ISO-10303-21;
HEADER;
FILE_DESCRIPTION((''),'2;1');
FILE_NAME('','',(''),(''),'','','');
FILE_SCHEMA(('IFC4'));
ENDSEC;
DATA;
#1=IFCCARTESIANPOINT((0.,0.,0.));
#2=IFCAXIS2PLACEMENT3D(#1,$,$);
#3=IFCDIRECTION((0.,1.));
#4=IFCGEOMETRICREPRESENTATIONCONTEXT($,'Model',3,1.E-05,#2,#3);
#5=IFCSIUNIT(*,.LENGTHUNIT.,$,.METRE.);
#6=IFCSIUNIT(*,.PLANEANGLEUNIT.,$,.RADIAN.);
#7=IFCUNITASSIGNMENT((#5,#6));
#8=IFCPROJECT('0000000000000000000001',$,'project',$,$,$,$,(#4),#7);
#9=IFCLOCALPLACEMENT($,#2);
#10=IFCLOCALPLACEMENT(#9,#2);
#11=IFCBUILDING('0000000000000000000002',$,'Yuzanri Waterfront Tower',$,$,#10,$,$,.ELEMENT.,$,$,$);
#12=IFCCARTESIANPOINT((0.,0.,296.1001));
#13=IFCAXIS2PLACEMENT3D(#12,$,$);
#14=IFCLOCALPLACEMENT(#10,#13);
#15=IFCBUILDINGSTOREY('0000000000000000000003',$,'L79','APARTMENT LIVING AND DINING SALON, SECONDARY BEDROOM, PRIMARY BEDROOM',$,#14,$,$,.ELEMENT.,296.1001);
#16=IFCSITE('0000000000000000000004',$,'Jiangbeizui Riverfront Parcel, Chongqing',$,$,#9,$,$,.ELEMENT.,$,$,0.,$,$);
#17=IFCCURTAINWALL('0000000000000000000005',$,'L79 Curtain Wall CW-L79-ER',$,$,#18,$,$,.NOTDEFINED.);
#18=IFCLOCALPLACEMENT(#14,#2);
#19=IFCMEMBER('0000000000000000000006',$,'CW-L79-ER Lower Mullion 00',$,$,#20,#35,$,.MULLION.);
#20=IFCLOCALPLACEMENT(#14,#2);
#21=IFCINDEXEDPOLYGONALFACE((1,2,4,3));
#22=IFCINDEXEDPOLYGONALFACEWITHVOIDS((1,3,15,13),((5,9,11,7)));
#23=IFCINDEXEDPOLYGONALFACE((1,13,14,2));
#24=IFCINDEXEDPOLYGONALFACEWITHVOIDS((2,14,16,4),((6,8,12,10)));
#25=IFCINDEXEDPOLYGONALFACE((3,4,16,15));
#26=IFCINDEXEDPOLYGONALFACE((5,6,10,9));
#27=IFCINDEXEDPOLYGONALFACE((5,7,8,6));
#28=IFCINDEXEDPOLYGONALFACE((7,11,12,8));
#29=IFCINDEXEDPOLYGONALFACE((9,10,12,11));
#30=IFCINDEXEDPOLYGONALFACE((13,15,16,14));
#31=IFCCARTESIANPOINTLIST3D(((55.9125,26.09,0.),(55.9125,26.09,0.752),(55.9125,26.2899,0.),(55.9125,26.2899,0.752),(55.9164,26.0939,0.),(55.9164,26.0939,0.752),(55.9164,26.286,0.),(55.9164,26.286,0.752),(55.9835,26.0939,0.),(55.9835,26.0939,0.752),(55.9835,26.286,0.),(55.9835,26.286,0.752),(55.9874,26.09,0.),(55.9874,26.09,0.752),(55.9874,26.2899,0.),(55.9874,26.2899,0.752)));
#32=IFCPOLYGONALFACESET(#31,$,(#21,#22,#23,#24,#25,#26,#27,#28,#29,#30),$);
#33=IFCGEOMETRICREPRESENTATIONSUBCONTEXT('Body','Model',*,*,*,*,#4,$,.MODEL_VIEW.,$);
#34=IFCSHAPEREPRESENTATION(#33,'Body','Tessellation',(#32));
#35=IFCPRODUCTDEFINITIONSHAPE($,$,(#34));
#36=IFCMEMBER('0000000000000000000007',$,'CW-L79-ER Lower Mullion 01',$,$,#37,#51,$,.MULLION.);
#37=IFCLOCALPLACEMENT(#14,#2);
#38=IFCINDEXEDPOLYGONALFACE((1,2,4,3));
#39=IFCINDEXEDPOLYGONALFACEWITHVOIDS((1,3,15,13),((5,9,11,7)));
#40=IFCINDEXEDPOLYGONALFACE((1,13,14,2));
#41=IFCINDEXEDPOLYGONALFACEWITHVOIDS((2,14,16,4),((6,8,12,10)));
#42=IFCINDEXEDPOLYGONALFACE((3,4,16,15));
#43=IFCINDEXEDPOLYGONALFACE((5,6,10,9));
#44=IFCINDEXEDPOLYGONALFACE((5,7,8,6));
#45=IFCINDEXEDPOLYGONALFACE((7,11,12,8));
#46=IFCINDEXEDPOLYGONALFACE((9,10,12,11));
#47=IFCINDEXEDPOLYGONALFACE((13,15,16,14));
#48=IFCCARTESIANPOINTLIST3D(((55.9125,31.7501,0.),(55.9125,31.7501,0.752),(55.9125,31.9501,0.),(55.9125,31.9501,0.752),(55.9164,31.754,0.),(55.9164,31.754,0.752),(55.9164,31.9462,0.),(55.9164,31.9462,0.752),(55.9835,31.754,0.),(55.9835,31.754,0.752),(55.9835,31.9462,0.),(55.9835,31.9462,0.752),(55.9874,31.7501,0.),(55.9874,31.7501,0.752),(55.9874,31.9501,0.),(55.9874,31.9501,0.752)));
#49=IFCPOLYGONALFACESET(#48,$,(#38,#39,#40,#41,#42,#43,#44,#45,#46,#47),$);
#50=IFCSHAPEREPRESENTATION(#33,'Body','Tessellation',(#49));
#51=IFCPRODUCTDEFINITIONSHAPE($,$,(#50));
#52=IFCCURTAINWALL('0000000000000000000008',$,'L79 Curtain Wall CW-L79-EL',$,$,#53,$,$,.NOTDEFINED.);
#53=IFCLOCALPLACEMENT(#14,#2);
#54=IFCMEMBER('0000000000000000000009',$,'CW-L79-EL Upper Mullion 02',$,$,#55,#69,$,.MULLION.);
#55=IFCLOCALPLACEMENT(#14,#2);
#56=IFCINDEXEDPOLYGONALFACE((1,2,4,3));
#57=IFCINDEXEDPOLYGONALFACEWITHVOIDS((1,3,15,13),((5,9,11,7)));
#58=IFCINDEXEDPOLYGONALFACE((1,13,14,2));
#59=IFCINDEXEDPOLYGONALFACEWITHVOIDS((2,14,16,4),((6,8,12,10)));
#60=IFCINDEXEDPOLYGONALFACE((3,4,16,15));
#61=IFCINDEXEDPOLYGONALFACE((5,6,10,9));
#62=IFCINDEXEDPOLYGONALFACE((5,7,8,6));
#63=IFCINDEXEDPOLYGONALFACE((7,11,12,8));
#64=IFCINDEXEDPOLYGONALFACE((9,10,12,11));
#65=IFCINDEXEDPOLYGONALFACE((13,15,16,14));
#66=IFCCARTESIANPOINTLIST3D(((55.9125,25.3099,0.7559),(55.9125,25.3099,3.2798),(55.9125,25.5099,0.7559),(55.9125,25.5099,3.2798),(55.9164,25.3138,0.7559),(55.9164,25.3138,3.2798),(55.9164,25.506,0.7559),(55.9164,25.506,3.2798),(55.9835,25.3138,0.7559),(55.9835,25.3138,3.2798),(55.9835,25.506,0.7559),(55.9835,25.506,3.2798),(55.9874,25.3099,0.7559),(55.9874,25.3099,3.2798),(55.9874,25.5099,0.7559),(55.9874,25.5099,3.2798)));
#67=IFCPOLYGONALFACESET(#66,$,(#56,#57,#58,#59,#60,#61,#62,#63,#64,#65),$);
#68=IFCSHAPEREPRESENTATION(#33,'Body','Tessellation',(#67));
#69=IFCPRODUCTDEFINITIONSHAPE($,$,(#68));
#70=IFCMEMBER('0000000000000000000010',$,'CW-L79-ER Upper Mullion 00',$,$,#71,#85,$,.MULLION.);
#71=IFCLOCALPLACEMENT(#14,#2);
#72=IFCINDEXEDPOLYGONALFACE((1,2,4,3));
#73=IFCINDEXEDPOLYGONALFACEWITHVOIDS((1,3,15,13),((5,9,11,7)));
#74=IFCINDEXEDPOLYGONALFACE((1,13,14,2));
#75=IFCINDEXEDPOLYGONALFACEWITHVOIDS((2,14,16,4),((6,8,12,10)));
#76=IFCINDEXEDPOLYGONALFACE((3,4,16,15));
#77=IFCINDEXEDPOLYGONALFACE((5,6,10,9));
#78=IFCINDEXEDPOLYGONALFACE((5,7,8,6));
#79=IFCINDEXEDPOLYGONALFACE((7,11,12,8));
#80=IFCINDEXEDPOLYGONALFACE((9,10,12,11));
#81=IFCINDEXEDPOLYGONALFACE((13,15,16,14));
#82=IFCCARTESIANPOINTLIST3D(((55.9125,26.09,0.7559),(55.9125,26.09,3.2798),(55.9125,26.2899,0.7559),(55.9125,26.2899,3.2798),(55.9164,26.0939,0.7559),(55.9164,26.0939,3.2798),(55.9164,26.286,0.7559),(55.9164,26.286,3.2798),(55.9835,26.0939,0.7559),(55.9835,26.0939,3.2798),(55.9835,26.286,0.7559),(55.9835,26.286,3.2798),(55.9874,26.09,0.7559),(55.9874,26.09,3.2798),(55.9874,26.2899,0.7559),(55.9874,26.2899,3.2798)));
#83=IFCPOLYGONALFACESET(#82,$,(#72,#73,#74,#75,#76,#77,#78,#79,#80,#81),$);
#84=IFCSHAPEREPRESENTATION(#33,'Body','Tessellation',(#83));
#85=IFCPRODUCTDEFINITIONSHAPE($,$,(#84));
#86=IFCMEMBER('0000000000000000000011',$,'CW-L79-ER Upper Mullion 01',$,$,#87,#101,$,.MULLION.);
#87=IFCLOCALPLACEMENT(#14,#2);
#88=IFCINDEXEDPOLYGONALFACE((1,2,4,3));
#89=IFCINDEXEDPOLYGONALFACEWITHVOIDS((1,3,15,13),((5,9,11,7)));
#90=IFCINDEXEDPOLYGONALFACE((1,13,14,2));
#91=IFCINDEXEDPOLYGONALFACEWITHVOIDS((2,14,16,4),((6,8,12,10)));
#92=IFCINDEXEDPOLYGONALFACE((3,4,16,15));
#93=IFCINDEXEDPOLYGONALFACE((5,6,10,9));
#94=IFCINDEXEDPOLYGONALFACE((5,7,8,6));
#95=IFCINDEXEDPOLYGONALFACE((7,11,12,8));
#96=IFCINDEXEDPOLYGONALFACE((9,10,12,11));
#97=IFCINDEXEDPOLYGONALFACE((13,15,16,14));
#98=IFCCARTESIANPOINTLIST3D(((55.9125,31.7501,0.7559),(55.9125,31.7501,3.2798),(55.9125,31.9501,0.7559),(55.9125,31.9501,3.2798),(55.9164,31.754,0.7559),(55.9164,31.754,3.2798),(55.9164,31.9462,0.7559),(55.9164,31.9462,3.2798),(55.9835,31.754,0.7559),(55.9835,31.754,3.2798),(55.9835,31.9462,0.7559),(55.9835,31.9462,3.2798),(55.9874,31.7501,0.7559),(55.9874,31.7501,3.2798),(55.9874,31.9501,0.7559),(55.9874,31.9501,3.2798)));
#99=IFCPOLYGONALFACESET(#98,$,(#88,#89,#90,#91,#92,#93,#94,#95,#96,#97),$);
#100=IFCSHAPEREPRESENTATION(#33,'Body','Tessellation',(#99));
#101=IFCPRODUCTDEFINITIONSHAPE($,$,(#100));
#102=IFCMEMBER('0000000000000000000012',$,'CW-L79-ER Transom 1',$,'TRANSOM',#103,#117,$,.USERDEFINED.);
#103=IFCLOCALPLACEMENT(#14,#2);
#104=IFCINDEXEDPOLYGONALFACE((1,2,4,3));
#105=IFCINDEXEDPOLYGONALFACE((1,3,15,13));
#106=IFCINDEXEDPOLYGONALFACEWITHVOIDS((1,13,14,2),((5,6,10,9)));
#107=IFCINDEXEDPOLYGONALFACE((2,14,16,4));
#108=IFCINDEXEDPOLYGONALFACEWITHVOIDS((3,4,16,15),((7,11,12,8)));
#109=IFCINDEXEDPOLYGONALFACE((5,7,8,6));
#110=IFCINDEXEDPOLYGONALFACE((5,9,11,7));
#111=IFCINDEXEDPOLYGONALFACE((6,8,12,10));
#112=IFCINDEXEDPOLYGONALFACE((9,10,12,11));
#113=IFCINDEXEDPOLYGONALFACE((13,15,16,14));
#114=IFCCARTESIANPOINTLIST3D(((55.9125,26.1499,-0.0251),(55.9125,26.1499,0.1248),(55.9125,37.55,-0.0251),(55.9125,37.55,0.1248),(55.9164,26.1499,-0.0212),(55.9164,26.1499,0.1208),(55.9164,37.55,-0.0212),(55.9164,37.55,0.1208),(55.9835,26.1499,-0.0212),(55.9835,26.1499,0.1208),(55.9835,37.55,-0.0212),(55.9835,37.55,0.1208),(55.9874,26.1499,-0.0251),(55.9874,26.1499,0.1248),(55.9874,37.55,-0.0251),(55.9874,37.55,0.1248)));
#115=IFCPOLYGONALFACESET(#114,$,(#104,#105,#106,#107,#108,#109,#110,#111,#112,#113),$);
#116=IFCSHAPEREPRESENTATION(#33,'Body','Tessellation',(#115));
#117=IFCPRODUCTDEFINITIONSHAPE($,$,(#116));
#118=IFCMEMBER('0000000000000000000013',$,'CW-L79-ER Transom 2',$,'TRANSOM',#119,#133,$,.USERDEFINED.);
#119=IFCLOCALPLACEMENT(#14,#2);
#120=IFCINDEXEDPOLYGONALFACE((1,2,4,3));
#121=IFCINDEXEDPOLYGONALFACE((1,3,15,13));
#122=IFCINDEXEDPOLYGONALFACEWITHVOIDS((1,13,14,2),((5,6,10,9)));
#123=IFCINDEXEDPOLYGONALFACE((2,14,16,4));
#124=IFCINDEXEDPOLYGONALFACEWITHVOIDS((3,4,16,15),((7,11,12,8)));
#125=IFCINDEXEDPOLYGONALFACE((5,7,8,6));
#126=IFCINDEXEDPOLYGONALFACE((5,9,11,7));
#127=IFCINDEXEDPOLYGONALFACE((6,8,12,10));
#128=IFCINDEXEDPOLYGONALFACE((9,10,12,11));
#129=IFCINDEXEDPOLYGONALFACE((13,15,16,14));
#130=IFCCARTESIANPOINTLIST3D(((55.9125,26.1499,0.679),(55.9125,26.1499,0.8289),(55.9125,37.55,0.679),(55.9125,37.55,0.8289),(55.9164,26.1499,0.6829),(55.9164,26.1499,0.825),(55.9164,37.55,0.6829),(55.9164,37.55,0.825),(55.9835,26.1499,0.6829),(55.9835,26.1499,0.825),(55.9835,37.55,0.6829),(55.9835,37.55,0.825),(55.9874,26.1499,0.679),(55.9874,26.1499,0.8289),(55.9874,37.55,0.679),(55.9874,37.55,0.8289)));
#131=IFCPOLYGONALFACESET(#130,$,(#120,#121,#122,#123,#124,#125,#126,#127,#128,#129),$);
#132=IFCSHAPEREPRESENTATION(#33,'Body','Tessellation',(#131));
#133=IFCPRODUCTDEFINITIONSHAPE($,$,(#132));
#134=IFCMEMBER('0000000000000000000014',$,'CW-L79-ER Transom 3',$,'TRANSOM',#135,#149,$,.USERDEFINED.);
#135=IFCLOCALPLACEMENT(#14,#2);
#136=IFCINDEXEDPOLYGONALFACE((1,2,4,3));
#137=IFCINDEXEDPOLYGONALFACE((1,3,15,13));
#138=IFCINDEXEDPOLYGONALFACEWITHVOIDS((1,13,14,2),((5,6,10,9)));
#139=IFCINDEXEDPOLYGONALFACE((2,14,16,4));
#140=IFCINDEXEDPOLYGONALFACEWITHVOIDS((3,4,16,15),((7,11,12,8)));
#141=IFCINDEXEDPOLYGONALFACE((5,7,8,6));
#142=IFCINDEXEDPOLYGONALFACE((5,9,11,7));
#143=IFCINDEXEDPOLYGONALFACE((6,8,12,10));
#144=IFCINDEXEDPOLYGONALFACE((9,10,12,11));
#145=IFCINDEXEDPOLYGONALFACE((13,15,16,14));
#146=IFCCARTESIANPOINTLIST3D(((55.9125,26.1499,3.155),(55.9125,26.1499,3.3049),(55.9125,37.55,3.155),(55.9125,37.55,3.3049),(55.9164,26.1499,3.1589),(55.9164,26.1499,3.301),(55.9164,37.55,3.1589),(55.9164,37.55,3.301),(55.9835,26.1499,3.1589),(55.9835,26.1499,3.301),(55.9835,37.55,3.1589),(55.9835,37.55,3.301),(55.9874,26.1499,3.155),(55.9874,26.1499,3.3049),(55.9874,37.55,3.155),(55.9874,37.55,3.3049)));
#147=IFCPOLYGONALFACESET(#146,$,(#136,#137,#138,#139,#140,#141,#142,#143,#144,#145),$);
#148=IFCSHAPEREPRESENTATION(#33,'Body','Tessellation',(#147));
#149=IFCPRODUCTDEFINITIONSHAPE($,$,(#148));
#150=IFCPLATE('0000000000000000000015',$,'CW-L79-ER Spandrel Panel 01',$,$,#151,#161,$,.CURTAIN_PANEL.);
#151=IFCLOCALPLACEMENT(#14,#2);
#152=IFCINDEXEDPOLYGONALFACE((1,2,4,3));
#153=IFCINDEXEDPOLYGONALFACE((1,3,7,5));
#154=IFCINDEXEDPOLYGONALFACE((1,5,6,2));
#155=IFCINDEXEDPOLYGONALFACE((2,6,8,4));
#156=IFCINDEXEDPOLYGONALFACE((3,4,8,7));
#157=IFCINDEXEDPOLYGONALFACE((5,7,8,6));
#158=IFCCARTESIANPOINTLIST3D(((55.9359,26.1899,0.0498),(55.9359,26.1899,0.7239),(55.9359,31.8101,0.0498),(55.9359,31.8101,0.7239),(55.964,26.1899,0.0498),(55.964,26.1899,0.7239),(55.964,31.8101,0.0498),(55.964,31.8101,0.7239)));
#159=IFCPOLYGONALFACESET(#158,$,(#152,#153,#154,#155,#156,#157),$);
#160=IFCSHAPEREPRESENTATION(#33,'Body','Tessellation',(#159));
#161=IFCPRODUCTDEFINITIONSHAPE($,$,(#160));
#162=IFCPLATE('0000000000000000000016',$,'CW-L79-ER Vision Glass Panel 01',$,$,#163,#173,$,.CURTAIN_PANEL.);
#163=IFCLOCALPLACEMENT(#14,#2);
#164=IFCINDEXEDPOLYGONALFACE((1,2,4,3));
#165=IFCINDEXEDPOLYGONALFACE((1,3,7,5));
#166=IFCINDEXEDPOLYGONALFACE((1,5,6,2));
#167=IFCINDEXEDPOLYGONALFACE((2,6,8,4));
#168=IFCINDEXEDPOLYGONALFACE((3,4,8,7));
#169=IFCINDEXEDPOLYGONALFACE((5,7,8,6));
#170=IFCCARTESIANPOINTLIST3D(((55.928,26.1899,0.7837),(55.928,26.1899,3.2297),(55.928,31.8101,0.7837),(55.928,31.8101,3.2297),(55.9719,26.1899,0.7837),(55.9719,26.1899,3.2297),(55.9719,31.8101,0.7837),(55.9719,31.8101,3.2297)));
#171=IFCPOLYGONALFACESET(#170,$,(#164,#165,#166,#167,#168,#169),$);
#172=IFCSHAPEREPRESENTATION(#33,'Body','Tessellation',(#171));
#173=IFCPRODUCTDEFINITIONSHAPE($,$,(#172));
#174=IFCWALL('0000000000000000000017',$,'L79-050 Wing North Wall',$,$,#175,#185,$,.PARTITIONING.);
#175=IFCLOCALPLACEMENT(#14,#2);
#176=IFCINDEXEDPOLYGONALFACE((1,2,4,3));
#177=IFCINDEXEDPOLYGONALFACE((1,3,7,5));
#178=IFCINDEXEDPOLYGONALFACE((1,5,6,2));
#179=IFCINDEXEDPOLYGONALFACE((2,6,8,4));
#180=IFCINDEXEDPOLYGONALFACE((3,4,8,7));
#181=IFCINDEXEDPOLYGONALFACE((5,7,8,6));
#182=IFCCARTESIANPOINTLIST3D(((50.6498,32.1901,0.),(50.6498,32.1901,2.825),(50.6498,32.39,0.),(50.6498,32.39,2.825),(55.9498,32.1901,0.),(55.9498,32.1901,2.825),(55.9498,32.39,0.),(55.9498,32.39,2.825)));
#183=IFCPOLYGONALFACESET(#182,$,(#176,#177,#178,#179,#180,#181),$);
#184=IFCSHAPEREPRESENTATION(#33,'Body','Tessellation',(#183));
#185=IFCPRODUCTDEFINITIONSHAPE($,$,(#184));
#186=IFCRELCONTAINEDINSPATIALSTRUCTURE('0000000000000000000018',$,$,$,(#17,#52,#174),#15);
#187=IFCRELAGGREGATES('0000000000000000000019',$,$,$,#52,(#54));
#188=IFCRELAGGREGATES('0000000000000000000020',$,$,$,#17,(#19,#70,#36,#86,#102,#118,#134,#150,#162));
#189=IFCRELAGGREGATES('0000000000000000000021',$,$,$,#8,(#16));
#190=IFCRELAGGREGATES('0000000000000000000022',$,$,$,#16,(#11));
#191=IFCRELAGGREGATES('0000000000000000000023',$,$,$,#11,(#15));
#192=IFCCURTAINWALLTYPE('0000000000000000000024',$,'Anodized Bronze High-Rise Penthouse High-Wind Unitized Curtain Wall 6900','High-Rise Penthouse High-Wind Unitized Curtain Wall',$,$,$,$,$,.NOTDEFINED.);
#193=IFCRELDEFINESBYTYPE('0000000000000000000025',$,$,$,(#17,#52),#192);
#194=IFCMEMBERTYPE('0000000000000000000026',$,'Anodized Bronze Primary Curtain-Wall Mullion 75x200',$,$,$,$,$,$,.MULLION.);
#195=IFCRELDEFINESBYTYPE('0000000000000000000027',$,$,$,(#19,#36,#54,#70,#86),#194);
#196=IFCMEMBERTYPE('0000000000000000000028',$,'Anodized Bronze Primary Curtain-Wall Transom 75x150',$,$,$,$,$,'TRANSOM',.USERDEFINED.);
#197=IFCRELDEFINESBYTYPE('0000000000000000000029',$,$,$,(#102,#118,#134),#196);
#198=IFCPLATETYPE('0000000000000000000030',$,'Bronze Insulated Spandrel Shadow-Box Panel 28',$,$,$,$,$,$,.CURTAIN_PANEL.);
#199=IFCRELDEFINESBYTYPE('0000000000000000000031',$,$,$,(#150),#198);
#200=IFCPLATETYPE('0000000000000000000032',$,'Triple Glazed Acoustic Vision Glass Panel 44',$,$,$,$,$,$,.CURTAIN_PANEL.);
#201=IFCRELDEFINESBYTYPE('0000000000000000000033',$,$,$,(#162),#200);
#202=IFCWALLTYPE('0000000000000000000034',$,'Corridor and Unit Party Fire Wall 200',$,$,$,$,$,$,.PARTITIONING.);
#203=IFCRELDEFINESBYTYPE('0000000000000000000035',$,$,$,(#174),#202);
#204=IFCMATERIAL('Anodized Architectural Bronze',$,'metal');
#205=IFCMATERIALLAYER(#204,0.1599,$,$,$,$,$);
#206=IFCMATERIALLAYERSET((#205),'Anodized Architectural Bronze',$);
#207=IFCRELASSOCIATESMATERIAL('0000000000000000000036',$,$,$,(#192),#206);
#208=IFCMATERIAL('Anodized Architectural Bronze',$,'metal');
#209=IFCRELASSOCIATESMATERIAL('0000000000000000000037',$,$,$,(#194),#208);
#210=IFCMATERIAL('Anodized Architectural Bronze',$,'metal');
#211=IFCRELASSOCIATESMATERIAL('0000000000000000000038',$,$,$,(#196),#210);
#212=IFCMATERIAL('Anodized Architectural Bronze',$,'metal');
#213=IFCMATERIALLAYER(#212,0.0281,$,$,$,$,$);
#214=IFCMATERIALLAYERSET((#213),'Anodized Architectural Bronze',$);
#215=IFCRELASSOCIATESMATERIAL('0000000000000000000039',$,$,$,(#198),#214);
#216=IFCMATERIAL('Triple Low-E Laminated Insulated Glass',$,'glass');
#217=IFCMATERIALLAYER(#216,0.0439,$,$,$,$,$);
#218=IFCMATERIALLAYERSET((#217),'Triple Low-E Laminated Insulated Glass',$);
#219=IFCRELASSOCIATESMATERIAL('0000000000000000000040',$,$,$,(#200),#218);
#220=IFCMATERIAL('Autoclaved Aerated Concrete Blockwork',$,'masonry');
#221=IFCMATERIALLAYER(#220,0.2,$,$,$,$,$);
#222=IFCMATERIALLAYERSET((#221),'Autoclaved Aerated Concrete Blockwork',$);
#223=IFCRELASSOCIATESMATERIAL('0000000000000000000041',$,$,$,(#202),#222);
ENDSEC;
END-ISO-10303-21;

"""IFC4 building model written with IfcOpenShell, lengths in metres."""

from ifc_helpers import new_model, si_unit, direction, frame, frame_2d, origin, origin_2d, place, context, subcontext, project, spatial, rectangle, hollow_rectangle, extrude, source, transform, mapped, material, layer, layer_set, material_profile, profile_set, type_object, element, aggregate, save


model = new_model("IFC4")

# Units and contexts
model_context = context("Model", 3, precision=1e-05, world=origin(), true_north=direction((0.0, 1.0)))
body_context = subcontext(model_context, "Body", "Model", "MODEL_VIEW")
ifc_project = project(units=[si_unit("LENGTHUNIT", "METRE"), si_unit("PLANEANGLEUNIT", "RADIAN")], contexts=[model_context])

# Site, building, storey
site_placement = place(None, origin())
site = spatial("IfcSite", under=ifc_project, at=site_placement, Name="Jiangbeizui Riverfront Parcel, Chongqing", CompositionType="ELEMENT", RefElevation=0.0)
building_placement = place(site_placement, origin())
building = spatial("IfcBuilding", under=site, at=building_placement, Name="Yuzanri Waterfront Tower", CompositionType="ELEMENT")
storey_placement = place(building_placement, frame((0.0, 0.0, 296.1001)))
storey = spatial("IfcBuildingStorey", under=building, at=storey_placement, Name="L79", Description="APARTMENT LIVING AND DINING SALON, SECONDARY BEDROOM, PRIMARY BEDROOM", CompositionType="ELEMENT", Elevation=296.1001)

# Curtain wall, members
ifc_material_1 = material(Name="Anodized Architectural Bronze", Category="metal")
ifc_layer_1 = layer(ifc_material_1, 0.1599)
ifc_layer_set_1 = layer_set([ifc_layer_1], Name="Anodized Architectural Bronze")
curtain_wall_type = type_object("IfcCurtainWallType", Name="Anodized Bronze High-Rise Penthouse High-Wind Unitized Curtain Wall 6900", Description="High-Rise Penthouse High-Wind Unitized Curtain Wall", PredefinedType="NOTDEFINED", material=ifc_layer_set_1)
curtain_wall_1_placement = place(storey_placement, origin())
curtain_wall_1 = element("IfcCurtainWall", 1, at=curtain_wall_1_placement, inside=storey, type_object=curtain_wall_type, Name="L79 Curtain Wall CW-L79-ER", PredefinedType="NOTDEFINED")
ifc_material_2 = material(Name="Anodized Architectural Bronze", Category="metal")
ifc_material_profile_1 = material_profile(ifc_material_2, hollow_rectangle(XDim=0.075, YDim=0.2, WallThickness=0.0039, at=origin_2d()), Name="CWM 75x200")
ifc_profile_set_1 = profile_set([ifc_material_profile_1], Name="Anodized Architectural Bronze")
member_type_1 = type_object("IfcMemberType", Name="Anodized Bronze Primary Curtain-Wall Mullion 75x200", PredefinedType="MULLION", material=ifc_profile_set_1)
shared_shape_1 = source(origin(), body_context, "Body", "SweptSolid", [
    extrude(hollow_rectangle(XDim=0.075, YDim=0.2, WallThickness=0.0039, at=origin_2d()), origin(), (0.0, 0.0, 1.0), 0.752),
])
member_1_placement = place(storey_placement, frame((55.95, 26.1899, 0.0), z_axis=(0.0, 0.0, 1.0), x_axis=(1.0, 0.0, 0.0)))
member_1 = element("IfcMember", 2, at=member_1_placement, type_object=member_type_1, Name="CW-L79-ER Lower Mullion 00", PredefinedType="MULLION", context=body_context, shape_type="MappedRepresentation", body=[
    mapped(shared_shape_1, transform((0.0, 0.0, 0.0), scale=1.0)),
])
member_2_placement = place(storey_placement, frame((55.95, 31.8501, 0.0), z_axis=(0.0, 0.0, 1.0), x_axis=(1.0, 0.0, 0.0)))
member_2 = element("IfcMember", 3, at=member_2_placement, type_object=member_type_1, Name="CW-L79-ER Lower Mullion 01", PredefinedType="MULLION", context=body_context, shape_type="MappedRepresentation", body=[
    mapped(shared_shape_1, transform((0.0, 0.0, 0.0), scale=1.0)),
])

# Curtain wall, member
curtain_wall_2_placement = place(storey_placement, origin())
curtain_wall_2 = element("IfcCurtainWall", 4, at=curtain_wall_2_placement, inside=storey, type_object=curtain_wall_type, Name="L79 Curtain Wall CW-L79-EL", PredefinedType="NOTDEFINED")
shared_shape_2 = source(origin(), body_context, "Body", "SweptSolid", [
    extrude(hollow_rectangle(XDim=0.075, YDim=0.2, WallThickness=0.0039, at=origin_2d()), origin(), (0.0, 0.0, 1.0), 2.5239),
])
member_3_placement = place(storey_placement, frame((55.95, 25.4099, 0.7559), z_axis=(0.0, 0.0, 1.0), x_axis=(1.0, 0.0, 0.0)))
member_3 = element("IfcMember", 5, at=member_3_placement, type_object=member_type_1, Name="CW-L79-EL Upper Mullion 02", PredefinedType="MULLION", context=body_context, shape_type="MappedRepresentation", body=[
    mapped(shared_shape_2, transform((0.0, 0.0, 0.0), scale=1.0)),
])
aggregate(curtain_wall_2, [member_3])

# Members
member_4_placement = place(storey_placement, frame((55.95, 26.1899, 0.7559), z_axis=(0.0, 0.0, 1.0), x_axis=(1.0, 0.0, 0.0)))
member_4 = element("IfcMember", 6, at=member_4_placement, type_object=member_type_1, Name="CW-L79-ER Upper Mullion 00", PredefinedType="MULLION", context=body_context, shape_type="MappedRepresentation", body=[
    mapped(shared_shape_2, transform((0.0, 0.0, 0.0), scale=1.0)),
])
member_5_placement = place(storey_placement, frame((55.95, 31.8501, 0.7559), z_axis=(0.0, 0.0, 1.0), x_axis=(1.0, 0.0, 0.0)))
member_5 = element("IfcMember", 7, at=member_5_placement, type_object=member_type_1, Name="CW-L79-ER Upper Mullion 01", PredefinedType="MULLION", context=body_context, shape_type="MappedRepresentation", body=[
    mapped(shared_shape_2, transform((0.0, 0.0, 0.0), scale=1.0)),
])
ifc_material_3 = material(Name="Anodized Architectural Bronze", Category="metal")
ifc_material_profile_2 = material_profile(ifc_material_3, hollow_rectangle(XDim=0.075, YDim=0.1499, WallThickness=0.0039, at=origin_2d()), Name="CWT 75x150")
ifc_profile_set_2 = profile_set([ifc_material_profile_2], Name="Anodized Architectural Bronze")
member_type_2 = type_object("IfcMemberType", Name="Anodized Bronze Primary Curtain-Wall Transom 75x150", ElementType="TRANSOM", PredefinedType="USERDEFINED", material=ifc_profile_set_2)
shared_shape_3 = source(origin(), body_context, "Body", "SweptSolid", [
    extrude(hollow_rectangle(XDim=0.075, YDim=0.1499, WallThickness=0.0039, at=origin_2d()), origin(), (0.0, 0.0, 1.0), 11.4001),
])
member_6_placement = place(storey_placement, frame((55.95, 26.1499, 0.0498), z_axis=(0.0, 1.0, 0.0), x_axis=(-1.0, 0.0, 0.0)))
member_6 = element("IfcMember", 8, at=member_6_placement, type_object=member_type_2, Name="CW-L79-ER Transom 1", ObjectType="TRANSOM", PredefinedType="USERDEFINED", context=body_context, shape_type="MappedRepresentation", body=[
    mapped(shared_shape_3, transform((0.0, 0.0, 0.0), scale=1.0)),
])
member_7_placement = place(storey_placement, frame((55.95, 26.1499, 0.7539), z_axis=(0.0, 1.0, 0.0), x_axis=(-1.0, 0.0, 0.0)))
member_7 = element("IfcMember", 9, at=member_7_placement, type_object=member_type_2, Name="CW-L79-ER Transom 2", ObjectType="TRANSOM", PredefinedType="USERDEFINED", context=body_context, shape_type="MappedRepresentation", body=[
    mapped(shared_shape_3, transform((0.0, 0.0, 0.0), scale=1.0)),
])
member_8_placement = place(storey_placement, frame((55.95, 26.1499, 3.23), z_axis=(0.0, 1.0, 0.0), x_axis=(-1.0, 0.0, 0.0)))
member_8 = element("IfcMember", 10, at=member_8_placement, type_object=member_type_2, Name="CW-L79-ER Transom 3", ObjectType="TRANSOM", PredefinedType="USERDEFINED", context=body_context, shape_type="MappedRepresentation", body=[
    mapped(shared_shape_3, transform((0.0, 0.0, 0.0), scale=1.0)),
])

# Plates
ifc_material_4 = material(Name="Anodized Architectural Bronze", Category="metal")
ifc_layer_2 = layer(ifc_material_4, 0.0281)
ifc_layer_set_2 = layer_set([ifc_layer_2], Name="Anodized Architectural Bronze")
plate_type_1 = type_object("IfcPlateType", Name="Bronze Insulated Spandrel Shadow-Box Panel 28", PredefinedType="CURTAIN_PANEL", material=ifc_layer_set_2)
shared_shape_4 = source(origin(), body_context, "Body", "SweptSolid", [
    extrude(rectangle(XDim=5.6201, YDim=0.0281, at=origin_2d()), origin(), (0.0, 0.0, 1.0), 0.6741),
])
plate_1_placement = place(storey_placement, frame((55.95, 29.0, 0.0498), z_axis=(0.0, 0.0, 1.0), x_axis=(0.0, 1.0, 0.0)))
plate_1 = element("IfcPlate", 11, at=plate_1_placement, type_object=plate_type_1, Name="CW-L79-ER Spandrel Panel 01", PredefinedType="CURTAIN_PANEL", context=body_context, shape_type="MappedRepresentation", body=[
    mapped(shared_shape_4, transform((0.0, 0.0, 0.0), scale=1.0)),
])
ifc_material_5 = material(Name="Triple Low-E Laminated Insulated Glass", Category="glass")
ifc_layer_3 = layer(ifc_material_5, 0.0439)
ifc_layer_set_3 = layer_set([ifc_layer_3], Name="Triple Low-E Laminated Insulated Glass")
plate_type_2 = type_object("IfcPlateType", Name="Triple Glazed Acoustic Vision Glass Panel 44", PredefinedType="CURTAIN_PANEL", material=ifc_layer_set_3)
shared_shape_5 = source(origin(), body_context, "Body", "SweptSolid", [
    extrude(rectangle(XDim=5.6201, YDim=0.0439, at=origin_2d()), origin(), (0.0, 0.0, 1.0), 2.446),
])
plate_2_placement = place(storey_placement, frame((55.95, 29.0, 0.7837), z_axis=(0.0, 0.0, 1.0), x_axis=(0.0, 1.0, 0.0)))
plate_2 = element("IfcPlate", 12, at=plate_2_placement, type_object=plate_type_2, Name="CW-L79-ER Vision Glass Panel 01", PredefinedType="CURTAIN_PANEL", context=body_context, shape_type="MappedRepresentation", body=[
    mapped(shared_shape_5, transform((0.0, 0.0, 0.0), scale=1.0)),
])
aggregate(curtain_wall_1, [member_1, member_4, member_2, member_5, member_6, member_7, member_8, plate_1, plate_2])

# Wall
ifc_material_6 = material(Name="Autoclaved Aerated Concrete Blockwork", Category="masonry")
ifc_layer_4 = layer(ifc_material_6, 0.2)
ifc_layer_set_4 = layer_set([ifc_layer_4], Name="Autoclaved Aerated Concrete Blockwork")
wall_type = type_object("IfcWallType", Name="Corridor and Unit Party Fire Wall 200", PredefinedType="PARTITIONING", material=ifc_layer_set_4)
shared_shape_6 = source(origin(), body_context, "Body", "SweptSolid", [
    extrude(rectangle(XDim=5.3, YDim=0.2, at=frame_2d((2.6499, 0.0))), origin(), (0.0, 0.0, 1.0), 2.825),
])
wall_placement = place(storey_placement, frame((50.6499, 32.29, 0.0), z_axis=(0.0, 0.0, 1.0), x_axis=(1.0, 0.0, 0.0)))
element("IfcWall", 13, at=wall_placement, inside=storey, type_object=wall_type, Name="L79-050 Wing North Wall", PredefinedType="PARTITIONING", context=body_context, shape_type="MappedRepresentation", body=[
    mapped(shared_shape_6, transform((0.0, 0.0, 0.0), scale=1.0)),
])

save(model, "model.ifc")
